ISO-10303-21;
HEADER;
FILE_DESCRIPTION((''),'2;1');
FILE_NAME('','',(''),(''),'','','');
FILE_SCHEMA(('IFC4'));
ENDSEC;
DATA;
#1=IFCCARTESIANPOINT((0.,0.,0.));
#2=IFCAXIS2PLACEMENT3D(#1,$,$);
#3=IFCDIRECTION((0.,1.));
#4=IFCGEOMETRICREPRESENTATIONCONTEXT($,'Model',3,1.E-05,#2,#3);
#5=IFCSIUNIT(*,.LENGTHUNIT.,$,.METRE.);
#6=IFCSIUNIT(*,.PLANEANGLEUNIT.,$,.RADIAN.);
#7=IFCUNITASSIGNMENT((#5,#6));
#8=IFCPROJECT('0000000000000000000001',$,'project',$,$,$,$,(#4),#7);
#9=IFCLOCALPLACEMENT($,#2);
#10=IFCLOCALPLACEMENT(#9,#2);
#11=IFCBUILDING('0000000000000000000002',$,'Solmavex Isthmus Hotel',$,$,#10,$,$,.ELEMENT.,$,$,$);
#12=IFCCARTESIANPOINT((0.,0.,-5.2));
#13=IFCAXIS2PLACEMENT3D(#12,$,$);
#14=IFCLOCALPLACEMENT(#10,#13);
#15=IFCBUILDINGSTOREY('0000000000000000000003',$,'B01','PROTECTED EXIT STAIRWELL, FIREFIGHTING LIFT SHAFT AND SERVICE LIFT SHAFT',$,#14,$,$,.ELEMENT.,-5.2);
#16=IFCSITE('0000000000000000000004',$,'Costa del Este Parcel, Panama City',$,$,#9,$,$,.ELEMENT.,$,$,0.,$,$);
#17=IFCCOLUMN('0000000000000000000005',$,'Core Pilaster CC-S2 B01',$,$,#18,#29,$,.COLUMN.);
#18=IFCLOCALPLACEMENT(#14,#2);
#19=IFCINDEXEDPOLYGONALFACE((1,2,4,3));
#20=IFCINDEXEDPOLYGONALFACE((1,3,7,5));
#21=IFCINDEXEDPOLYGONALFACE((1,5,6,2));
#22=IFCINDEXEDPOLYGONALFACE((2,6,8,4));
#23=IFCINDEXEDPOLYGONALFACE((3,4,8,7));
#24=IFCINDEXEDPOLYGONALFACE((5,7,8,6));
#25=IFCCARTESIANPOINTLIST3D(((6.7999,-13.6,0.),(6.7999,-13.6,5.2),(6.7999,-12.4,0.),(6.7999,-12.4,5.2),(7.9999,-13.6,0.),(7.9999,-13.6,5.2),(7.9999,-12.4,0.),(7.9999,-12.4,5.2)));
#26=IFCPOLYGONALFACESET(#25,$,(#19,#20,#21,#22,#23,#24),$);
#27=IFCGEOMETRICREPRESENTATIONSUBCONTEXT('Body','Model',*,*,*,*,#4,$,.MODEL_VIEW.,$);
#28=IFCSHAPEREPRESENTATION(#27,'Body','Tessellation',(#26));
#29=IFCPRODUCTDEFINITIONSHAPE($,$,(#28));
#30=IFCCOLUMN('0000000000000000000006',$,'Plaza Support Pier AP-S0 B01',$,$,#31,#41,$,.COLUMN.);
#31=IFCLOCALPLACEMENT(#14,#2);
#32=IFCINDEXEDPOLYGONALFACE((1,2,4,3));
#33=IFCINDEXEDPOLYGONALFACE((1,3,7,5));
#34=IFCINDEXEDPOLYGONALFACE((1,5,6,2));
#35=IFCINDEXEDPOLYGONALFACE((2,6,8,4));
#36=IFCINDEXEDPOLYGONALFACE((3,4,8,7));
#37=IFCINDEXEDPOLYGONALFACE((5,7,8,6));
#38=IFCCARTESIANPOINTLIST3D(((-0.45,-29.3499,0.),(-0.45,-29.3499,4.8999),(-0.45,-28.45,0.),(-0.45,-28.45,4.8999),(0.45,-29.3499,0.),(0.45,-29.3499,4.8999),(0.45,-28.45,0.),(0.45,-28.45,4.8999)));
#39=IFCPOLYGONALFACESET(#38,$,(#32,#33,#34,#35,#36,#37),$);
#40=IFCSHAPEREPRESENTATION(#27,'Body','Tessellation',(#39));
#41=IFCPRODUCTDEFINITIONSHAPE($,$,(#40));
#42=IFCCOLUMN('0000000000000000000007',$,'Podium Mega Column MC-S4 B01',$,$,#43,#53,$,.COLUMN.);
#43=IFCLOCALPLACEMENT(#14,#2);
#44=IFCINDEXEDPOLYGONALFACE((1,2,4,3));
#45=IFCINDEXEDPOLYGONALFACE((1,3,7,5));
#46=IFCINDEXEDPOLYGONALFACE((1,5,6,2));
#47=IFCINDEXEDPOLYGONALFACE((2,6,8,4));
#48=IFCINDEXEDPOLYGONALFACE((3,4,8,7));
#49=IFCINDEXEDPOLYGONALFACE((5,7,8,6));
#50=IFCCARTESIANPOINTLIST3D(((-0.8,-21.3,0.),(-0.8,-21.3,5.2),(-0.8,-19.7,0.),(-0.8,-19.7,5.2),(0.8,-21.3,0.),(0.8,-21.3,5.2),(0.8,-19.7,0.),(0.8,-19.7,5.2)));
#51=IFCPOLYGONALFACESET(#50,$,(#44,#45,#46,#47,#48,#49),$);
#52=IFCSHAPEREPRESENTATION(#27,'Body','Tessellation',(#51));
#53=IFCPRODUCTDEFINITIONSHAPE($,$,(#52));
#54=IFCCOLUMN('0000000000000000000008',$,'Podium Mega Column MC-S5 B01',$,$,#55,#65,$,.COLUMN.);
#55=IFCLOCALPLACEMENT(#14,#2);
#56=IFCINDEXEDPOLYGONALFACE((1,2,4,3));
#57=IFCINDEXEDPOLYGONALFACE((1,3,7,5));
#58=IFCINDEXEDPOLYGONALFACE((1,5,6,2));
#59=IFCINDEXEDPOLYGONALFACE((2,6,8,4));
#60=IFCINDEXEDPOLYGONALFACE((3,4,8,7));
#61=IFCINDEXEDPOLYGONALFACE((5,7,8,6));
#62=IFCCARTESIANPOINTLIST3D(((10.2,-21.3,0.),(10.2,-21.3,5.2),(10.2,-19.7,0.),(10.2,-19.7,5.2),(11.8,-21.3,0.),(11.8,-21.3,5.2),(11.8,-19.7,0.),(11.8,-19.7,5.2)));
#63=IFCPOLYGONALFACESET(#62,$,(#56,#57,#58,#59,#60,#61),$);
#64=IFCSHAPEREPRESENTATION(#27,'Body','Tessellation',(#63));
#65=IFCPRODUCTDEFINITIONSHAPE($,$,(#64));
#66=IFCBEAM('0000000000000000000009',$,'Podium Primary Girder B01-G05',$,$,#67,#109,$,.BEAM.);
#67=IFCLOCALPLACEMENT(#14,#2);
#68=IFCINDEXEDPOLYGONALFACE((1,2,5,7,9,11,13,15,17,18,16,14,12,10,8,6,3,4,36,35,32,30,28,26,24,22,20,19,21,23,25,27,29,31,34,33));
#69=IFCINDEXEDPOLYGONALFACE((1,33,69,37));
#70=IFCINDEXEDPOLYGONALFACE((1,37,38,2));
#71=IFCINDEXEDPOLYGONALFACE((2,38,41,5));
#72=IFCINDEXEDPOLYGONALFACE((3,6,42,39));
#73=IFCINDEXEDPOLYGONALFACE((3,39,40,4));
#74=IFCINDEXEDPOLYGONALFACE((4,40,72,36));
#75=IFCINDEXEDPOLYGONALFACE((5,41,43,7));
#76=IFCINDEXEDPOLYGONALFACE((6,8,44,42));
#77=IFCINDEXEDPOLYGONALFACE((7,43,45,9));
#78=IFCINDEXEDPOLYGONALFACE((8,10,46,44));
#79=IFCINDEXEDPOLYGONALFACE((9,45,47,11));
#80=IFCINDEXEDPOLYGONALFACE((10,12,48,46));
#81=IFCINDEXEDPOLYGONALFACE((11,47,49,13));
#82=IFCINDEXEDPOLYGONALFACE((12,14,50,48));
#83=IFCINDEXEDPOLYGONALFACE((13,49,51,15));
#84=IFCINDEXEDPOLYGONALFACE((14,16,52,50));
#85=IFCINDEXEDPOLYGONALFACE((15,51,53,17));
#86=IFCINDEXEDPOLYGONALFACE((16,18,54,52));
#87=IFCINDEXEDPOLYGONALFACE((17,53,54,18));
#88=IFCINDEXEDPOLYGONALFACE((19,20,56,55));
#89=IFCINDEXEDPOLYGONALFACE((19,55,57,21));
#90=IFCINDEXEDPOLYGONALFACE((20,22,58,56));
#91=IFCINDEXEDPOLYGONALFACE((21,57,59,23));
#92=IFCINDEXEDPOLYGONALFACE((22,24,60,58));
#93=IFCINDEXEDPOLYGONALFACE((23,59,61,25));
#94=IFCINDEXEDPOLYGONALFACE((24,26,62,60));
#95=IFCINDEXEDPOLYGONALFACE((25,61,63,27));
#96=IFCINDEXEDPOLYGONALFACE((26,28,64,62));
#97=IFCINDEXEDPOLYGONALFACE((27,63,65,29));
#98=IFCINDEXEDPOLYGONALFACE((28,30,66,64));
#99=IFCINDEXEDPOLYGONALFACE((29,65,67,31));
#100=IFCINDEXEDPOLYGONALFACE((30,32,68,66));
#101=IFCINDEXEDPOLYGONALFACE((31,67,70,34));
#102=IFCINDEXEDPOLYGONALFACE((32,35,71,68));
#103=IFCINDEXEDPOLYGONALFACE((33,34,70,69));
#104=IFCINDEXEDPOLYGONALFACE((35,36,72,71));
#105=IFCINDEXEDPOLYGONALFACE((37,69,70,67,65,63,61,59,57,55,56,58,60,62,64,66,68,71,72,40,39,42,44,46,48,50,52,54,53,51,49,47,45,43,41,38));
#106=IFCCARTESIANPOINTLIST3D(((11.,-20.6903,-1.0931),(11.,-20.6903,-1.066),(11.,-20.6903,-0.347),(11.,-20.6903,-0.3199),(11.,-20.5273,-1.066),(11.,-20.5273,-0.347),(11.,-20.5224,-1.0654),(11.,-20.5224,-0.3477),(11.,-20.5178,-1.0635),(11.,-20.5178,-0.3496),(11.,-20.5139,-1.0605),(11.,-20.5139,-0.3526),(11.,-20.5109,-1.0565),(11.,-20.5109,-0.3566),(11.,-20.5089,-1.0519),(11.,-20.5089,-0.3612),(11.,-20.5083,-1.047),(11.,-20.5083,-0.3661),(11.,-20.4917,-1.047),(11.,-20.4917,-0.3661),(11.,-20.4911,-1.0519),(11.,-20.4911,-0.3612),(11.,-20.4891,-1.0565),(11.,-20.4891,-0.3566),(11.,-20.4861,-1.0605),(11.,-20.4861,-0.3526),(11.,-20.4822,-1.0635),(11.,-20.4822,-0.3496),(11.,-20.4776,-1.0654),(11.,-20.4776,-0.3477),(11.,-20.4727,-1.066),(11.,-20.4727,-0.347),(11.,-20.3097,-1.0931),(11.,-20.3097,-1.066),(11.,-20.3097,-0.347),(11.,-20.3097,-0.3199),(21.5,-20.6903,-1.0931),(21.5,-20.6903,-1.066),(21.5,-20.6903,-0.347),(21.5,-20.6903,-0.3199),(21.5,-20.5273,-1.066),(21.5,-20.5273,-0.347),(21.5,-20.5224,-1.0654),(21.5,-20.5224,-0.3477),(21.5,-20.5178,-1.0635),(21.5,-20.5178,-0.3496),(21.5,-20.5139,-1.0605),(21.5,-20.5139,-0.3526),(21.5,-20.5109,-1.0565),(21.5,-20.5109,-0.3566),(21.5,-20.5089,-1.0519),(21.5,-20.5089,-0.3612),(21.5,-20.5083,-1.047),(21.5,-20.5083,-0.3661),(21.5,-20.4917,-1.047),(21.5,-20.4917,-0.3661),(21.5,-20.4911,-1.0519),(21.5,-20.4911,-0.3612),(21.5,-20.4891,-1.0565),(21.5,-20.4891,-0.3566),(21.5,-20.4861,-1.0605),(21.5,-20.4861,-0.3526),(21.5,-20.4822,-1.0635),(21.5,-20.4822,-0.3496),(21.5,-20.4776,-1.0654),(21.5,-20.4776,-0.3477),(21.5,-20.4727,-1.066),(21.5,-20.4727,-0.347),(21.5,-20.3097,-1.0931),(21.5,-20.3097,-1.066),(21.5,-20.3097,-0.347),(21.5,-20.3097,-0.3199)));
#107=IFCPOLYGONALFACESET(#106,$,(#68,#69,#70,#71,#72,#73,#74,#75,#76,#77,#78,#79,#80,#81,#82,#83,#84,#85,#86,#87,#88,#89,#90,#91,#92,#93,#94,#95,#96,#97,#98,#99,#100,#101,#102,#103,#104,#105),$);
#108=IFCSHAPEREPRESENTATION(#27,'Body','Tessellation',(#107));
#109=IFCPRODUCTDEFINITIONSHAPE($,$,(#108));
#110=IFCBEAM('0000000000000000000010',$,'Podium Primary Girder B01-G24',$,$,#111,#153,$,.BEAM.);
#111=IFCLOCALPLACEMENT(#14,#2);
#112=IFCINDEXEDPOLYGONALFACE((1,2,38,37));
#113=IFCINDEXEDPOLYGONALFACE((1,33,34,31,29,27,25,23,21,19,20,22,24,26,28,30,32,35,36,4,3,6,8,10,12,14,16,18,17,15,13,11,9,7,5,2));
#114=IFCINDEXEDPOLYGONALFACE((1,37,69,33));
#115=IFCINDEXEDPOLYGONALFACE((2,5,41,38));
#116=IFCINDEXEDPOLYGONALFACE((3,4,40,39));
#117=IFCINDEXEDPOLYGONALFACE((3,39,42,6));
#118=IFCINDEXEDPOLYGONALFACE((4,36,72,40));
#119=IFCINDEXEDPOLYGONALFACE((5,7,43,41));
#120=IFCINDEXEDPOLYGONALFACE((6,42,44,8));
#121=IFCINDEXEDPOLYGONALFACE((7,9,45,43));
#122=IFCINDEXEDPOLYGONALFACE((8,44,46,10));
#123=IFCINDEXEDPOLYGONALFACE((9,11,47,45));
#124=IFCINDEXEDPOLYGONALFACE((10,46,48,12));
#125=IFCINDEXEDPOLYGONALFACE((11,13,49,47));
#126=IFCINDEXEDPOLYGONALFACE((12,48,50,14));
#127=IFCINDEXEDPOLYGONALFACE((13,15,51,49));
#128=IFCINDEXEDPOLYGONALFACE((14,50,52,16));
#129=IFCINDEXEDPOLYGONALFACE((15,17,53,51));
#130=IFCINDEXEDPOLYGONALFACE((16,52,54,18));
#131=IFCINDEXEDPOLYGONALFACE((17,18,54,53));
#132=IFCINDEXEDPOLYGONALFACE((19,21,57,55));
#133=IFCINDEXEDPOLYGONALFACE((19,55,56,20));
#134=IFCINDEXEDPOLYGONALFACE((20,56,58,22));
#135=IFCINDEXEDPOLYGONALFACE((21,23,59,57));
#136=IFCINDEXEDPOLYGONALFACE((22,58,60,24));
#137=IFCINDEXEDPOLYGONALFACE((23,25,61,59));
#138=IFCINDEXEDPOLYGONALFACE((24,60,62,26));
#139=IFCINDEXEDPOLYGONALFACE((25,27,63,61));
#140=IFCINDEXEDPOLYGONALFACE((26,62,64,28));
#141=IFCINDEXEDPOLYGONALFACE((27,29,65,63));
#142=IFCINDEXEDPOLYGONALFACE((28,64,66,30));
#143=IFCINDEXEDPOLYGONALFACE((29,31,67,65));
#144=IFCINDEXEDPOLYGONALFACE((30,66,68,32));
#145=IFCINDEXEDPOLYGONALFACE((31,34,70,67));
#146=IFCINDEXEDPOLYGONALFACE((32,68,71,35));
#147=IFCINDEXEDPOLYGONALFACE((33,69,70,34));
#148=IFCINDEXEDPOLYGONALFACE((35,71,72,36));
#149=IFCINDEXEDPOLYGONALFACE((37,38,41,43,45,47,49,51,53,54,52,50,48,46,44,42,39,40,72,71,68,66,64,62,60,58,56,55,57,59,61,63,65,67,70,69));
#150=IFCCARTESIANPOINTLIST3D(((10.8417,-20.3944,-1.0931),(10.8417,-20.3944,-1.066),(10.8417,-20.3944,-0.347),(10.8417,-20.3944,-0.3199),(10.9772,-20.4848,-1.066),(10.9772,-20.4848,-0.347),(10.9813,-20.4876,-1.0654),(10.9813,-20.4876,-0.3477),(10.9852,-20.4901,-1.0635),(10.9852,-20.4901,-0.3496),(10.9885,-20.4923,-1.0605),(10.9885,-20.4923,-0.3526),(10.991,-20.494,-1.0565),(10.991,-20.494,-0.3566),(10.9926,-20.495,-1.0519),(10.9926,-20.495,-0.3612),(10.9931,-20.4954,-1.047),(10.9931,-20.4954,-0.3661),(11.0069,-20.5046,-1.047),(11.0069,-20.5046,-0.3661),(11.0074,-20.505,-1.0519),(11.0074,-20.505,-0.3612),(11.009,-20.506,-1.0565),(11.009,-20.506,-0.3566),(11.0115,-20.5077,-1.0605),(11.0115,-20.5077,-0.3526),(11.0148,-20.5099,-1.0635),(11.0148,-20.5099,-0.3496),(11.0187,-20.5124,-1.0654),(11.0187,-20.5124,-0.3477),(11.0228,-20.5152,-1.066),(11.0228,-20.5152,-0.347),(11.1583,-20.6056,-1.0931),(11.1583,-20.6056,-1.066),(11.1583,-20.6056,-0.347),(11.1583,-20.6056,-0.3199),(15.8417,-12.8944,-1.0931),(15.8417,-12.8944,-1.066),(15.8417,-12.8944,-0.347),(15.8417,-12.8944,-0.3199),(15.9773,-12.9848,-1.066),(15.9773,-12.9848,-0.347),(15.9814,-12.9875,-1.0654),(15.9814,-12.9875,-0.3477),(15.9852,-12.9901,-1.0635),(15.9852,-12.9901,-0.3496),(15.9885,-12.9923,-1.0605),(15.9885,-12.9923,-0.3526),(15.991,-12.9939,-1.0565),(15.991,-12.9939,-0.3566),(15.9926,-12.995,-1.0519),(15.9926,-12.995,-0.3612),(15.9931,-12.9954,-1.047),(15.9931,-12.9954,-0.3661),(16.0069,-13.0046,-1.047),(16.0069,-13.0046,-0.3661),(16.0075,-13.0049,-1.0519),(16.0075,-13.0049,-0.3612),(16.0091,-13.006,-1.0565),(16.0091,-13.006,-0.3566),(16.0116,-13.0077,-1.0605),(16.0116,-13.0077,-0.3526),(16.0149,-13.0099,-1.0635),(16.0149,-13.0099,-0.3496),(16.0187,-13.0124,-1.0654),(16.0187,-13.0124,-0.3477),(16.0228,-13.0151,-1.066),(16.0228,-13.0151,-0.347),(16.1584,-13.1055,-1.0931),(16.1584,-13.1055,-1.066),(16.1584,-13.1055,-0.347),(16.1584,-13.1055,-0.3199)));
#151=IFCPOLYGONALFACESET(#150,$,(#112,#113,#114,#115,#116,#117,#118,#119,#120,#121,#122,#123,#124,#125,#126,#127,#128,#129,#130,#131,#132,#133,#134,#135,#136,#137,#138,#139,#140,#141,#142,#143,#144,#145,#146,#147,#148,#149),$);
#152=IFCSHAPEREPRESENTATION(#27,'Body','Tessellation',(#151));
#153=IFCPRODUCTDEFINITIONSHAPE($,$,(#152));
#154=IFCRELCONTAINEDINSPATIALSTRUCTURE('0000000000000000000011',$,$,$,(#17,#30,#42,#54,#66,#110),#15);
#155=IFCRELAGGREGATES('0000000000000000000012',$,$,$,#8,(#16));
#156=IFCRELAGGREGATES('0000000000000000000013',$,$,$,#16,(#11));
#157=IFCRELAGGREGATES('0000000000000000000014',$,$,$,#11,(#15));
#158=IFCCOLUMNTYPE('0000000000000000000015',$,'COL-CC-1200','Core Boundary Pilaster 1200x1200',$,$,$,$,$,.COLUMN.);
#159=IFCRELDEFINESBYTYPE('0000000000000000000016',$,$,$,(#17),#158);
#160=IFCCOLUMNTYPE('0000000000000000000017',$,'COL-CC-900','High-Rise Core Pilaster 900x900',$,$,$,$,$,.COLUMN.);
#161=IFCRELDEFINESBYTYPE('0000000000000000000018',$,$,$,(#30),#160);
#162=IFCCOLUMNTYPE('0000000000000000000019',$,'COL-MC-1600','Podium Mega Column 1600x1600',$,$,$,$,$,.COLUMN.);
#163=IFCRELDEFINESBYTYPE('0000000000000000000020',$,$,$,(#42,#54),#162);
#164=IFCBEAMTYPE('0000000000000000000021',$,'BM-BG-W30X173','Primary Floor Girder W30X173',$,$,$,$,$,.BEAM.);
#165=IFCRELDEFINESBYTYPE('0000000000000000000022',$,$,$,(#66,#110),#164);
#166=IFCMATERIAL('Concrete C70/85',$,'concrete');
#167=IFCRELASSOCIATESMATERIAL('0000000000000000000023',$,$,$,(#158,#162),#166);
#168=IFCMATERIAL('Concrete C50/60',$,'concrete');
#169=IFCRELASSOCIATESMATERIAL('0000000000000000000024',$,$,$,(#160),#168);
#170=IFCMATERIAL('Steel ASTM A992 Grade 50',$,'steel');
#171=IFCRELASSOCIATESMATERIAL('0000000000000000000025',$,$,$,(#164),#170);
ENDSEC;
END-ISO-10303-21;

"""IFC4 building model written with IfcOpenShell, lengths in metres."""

from ifc_helpers import new_model, si_unit, direction, frame, origin, origin_2d, place, context, subcontext, project, spatial, rectangle, i_section, extrude, material, material_profile, profile_set, type_object, element, save


model = new_model("IFC4")

# Units and contexts
model_context = context("Model", 3, precision=1e-05, world=origin(), true_north=direction((0.0, 1.0)))
body_context = subcontext(model_context, "Body", "Model", "MODEL_VIEW")
ifc_project = project(units=[si_unit("LENGTHUNIT", "METRE"), si_unit("PLANEANGLEUNIT", "RADIAN")], contexts=[model_context])

# Site, building, storey
site_placement = place(None, origin())
site = spatial("IfcSite", under=ifc_project, at=site_placement, Name="Costa del Este Parcel, Panama City", CompositionType="ELEMENT", RefElevation=0.0)
building_placement = place(site_placement, origin())
building = spatial("IfcBuilding", under=site, at=building_placement, Name="Solmavex Isthmus Hotel", CompositionType="ELEMENT")
storey_placement = place(building_placement, frame((0.0, 0.0, -5.2)))
storey = spatial("IfcBuildingStorey", under=building, at=storey_placement, Name="B01", Description="PROTECTED EXIT STAIRWELL, FIREFIGHTING LIFT SHAFT AND SERVICE LIFT SHAFT", CompositionType="ELEMENT", Elevation=-5.2)

# Columns
ifc_material_1 = material(Name="Concrete C70/85", Category="concrete")
ifc_material_profile_1 = material_profile(ifc_material_1, rectangle(XDim=1.2, YDim=1.2, at=origin_2d()), Name="RC1200X1200")
ifc_profile_set_1 = profile_set([ifc_material_profile_1], Name="Concrete C70/85")
column_type_1 = type_object("IfcColumnType", Name="COL-CC-1200", Description="Core Boundary Pilaster 1200x1200", PredefinedType="COLUMN", material=ifc_profile_set_1)
column_1_placement = place(storey_placement, frame((7.3999, -13.0, 0.0), z_axis=(0.0, 0.0, 1.0), x_axis=(1.0, 0.0, 0.0)))
element("IfcColumn", 1, at=column_1_placement, inside=storey, type_object=column_type_1, Name="Core Pilaster CC-S2 B01", PredefinedType="COLUMN", context=body_context, shape_type="SweptSolid", body=[
    extrude(rectangle(XDim=1.2, YDim=1.2, at=origin_2d()), origin(), (0.0, 0.0, 1.0), 5.2),
])
ifc_material_2 = material(Name="Concrete C50/60", Category="concrete")
ifc_material_profile_2 = material_profile(ifc_material_2, rectangle(XDim=0.8999, YDim=0.8999, at=origin_2d()), Name="RC900X900")
ifc_profile_set_2 = profile_set([ifc_material_profile_2], Name="Concrete C50/60")
column_type_2 = type_object("IfcColumnType", Name="COL-CC-900", Description="High-Rise Core Pilaster 900x900", PredefinedType="COLUMN", material=ifc_profile_set_2)
column_2_placement = place(storey_placement, frame((0.0, -28.8999, 0.0), z_axis=(0.0, 0.0, 1.0), x_axis=(1.0, 0.0, 0.0)))
element("IfcColumn", 2, at=column_2_placement, inside=storey, type_object=column_type_2, Name="Plaza Support Pier AP-S0 B01", PredefinedType="COLUMN", context=body_context, shape_type="SweptSolid", body=[
    extrude(rectangle(XDim=0.8999, YDim=0.8999, at=origin_2d()), origin(), (0.0, 0.0, 1.0), 4.8999),
])
ifc_material_profile_3 = material_profile(ifc_material_1, rectangle(XDim=1.6001, YDim=1.6001, at=origin_2d()), Name="RC1600X1600")
ifc_profile_set_3 = profile_set([ifc_material_profile_3], Name="Concrete C70/85")
column_type_3 = type_object("IfcColumnType", Name="COL-MC-1600", Description="Podium Mega Column 1600x1600", PredefinedType="COLUMN", material=ifc_profile_set_3)
for number, where, z_axis, x_axis, name in (
    (3, (0.0, -20.5, 0.0), (0.0, 0.0, 1.0), (1.0, 0.0, 0.0), "Podium Mega Column MC-S4 B01"),
    (4, (11.0, -20.5, 0.0), (0.0, 0.0, 1.0), (1.0, 0.0, 0.0), "Podium Mega Column MC-S5 B01"),
):
    element("IfcColumn", number, at=place(storey_placement, frame(where, z_axis=z_axis, x_axis=x_axis)), inside=storey, type_object=column_type_3, Name=name, PredefinedType="COLUMN", context=body_context, shape_type="SweptSolid", body=[
        extrude(rectangle(XDim=1.6001, YDim=1.6001, at=origin_2d()), origin(), (0.0, 0.0, 1.0), 5.2),
    ])

# Beams
ifc_material_3 = material(Name="Steel ASTM A992 Grade 50", Category="steel")
ifc_material_profile_4 = material_profile(ifc_material_3, i_section(OverallWidth=0.3806, OverallDepth=0.7732, WebThickness=0.0166, FlangeThickness=0.0271, FilletRadius=0.019, at=origin_2d()), Name="W30X173")
ifc_profile_set_4 = profile_set([ifc_material_profile_4], Name="Steel ASTM A992 Grade 50")
beam_type_1 = type_object("IfcBeamType", Name="BM-BG-W30X173", Description="Primary Floor Girder W30X173", PredefinedType="BEAM", material=ifc_profile_set_4)
beam_1_placement = place(storey_placement, frame((11.0, -20.5, -0.7065), z_axis=(1.0, 0.0, 0.0), x_axis=(0.0, 1.0, 0.0)))
element("IfcBeam", 5, at=beam_1_placement, inside=storey, type_object=beam_type_1, Name="Podium Primary Girder B01-G05", PredefinedType="BEAM", context=body_context, shape_type="SweptSolid", body=[
    extrude(i_section(OverallWidth=0.3806, OverallDepth=0.7732, WebThickness=0.0166, FlangeThickness=0.0271, FilletRadius=0.019, at=origin_2d()), origin(), (0.0, 0.0, 1.0), 10.5),
])
beam_2_placement = place(storey_placement, frame((11.0, -20.5, -0.7065), z_axis=(0.5547, 0.83205, 0.0), x_axis=(-0.83205, 0.5547, 0.0)))
element("IfcBeam", 6, at=beam_2_placement, inside=storey, type_object=beam_type_1, Name="Podium Primary Girder B01-G24", PredefinedType="BEAM", context=body_context, shape_type="SweptSolid", body=[
    extrude(i_section(OverallWidth=0.3806, OverallDepth=0.7732, WebThickness=0.0166, FlangeThickness=0.0271, FilletRadius=0.019, at=origin_2d()), origin(), (0.0, 0.0, 1.0), 9.0139),
])

save(model, "model.ifc")
